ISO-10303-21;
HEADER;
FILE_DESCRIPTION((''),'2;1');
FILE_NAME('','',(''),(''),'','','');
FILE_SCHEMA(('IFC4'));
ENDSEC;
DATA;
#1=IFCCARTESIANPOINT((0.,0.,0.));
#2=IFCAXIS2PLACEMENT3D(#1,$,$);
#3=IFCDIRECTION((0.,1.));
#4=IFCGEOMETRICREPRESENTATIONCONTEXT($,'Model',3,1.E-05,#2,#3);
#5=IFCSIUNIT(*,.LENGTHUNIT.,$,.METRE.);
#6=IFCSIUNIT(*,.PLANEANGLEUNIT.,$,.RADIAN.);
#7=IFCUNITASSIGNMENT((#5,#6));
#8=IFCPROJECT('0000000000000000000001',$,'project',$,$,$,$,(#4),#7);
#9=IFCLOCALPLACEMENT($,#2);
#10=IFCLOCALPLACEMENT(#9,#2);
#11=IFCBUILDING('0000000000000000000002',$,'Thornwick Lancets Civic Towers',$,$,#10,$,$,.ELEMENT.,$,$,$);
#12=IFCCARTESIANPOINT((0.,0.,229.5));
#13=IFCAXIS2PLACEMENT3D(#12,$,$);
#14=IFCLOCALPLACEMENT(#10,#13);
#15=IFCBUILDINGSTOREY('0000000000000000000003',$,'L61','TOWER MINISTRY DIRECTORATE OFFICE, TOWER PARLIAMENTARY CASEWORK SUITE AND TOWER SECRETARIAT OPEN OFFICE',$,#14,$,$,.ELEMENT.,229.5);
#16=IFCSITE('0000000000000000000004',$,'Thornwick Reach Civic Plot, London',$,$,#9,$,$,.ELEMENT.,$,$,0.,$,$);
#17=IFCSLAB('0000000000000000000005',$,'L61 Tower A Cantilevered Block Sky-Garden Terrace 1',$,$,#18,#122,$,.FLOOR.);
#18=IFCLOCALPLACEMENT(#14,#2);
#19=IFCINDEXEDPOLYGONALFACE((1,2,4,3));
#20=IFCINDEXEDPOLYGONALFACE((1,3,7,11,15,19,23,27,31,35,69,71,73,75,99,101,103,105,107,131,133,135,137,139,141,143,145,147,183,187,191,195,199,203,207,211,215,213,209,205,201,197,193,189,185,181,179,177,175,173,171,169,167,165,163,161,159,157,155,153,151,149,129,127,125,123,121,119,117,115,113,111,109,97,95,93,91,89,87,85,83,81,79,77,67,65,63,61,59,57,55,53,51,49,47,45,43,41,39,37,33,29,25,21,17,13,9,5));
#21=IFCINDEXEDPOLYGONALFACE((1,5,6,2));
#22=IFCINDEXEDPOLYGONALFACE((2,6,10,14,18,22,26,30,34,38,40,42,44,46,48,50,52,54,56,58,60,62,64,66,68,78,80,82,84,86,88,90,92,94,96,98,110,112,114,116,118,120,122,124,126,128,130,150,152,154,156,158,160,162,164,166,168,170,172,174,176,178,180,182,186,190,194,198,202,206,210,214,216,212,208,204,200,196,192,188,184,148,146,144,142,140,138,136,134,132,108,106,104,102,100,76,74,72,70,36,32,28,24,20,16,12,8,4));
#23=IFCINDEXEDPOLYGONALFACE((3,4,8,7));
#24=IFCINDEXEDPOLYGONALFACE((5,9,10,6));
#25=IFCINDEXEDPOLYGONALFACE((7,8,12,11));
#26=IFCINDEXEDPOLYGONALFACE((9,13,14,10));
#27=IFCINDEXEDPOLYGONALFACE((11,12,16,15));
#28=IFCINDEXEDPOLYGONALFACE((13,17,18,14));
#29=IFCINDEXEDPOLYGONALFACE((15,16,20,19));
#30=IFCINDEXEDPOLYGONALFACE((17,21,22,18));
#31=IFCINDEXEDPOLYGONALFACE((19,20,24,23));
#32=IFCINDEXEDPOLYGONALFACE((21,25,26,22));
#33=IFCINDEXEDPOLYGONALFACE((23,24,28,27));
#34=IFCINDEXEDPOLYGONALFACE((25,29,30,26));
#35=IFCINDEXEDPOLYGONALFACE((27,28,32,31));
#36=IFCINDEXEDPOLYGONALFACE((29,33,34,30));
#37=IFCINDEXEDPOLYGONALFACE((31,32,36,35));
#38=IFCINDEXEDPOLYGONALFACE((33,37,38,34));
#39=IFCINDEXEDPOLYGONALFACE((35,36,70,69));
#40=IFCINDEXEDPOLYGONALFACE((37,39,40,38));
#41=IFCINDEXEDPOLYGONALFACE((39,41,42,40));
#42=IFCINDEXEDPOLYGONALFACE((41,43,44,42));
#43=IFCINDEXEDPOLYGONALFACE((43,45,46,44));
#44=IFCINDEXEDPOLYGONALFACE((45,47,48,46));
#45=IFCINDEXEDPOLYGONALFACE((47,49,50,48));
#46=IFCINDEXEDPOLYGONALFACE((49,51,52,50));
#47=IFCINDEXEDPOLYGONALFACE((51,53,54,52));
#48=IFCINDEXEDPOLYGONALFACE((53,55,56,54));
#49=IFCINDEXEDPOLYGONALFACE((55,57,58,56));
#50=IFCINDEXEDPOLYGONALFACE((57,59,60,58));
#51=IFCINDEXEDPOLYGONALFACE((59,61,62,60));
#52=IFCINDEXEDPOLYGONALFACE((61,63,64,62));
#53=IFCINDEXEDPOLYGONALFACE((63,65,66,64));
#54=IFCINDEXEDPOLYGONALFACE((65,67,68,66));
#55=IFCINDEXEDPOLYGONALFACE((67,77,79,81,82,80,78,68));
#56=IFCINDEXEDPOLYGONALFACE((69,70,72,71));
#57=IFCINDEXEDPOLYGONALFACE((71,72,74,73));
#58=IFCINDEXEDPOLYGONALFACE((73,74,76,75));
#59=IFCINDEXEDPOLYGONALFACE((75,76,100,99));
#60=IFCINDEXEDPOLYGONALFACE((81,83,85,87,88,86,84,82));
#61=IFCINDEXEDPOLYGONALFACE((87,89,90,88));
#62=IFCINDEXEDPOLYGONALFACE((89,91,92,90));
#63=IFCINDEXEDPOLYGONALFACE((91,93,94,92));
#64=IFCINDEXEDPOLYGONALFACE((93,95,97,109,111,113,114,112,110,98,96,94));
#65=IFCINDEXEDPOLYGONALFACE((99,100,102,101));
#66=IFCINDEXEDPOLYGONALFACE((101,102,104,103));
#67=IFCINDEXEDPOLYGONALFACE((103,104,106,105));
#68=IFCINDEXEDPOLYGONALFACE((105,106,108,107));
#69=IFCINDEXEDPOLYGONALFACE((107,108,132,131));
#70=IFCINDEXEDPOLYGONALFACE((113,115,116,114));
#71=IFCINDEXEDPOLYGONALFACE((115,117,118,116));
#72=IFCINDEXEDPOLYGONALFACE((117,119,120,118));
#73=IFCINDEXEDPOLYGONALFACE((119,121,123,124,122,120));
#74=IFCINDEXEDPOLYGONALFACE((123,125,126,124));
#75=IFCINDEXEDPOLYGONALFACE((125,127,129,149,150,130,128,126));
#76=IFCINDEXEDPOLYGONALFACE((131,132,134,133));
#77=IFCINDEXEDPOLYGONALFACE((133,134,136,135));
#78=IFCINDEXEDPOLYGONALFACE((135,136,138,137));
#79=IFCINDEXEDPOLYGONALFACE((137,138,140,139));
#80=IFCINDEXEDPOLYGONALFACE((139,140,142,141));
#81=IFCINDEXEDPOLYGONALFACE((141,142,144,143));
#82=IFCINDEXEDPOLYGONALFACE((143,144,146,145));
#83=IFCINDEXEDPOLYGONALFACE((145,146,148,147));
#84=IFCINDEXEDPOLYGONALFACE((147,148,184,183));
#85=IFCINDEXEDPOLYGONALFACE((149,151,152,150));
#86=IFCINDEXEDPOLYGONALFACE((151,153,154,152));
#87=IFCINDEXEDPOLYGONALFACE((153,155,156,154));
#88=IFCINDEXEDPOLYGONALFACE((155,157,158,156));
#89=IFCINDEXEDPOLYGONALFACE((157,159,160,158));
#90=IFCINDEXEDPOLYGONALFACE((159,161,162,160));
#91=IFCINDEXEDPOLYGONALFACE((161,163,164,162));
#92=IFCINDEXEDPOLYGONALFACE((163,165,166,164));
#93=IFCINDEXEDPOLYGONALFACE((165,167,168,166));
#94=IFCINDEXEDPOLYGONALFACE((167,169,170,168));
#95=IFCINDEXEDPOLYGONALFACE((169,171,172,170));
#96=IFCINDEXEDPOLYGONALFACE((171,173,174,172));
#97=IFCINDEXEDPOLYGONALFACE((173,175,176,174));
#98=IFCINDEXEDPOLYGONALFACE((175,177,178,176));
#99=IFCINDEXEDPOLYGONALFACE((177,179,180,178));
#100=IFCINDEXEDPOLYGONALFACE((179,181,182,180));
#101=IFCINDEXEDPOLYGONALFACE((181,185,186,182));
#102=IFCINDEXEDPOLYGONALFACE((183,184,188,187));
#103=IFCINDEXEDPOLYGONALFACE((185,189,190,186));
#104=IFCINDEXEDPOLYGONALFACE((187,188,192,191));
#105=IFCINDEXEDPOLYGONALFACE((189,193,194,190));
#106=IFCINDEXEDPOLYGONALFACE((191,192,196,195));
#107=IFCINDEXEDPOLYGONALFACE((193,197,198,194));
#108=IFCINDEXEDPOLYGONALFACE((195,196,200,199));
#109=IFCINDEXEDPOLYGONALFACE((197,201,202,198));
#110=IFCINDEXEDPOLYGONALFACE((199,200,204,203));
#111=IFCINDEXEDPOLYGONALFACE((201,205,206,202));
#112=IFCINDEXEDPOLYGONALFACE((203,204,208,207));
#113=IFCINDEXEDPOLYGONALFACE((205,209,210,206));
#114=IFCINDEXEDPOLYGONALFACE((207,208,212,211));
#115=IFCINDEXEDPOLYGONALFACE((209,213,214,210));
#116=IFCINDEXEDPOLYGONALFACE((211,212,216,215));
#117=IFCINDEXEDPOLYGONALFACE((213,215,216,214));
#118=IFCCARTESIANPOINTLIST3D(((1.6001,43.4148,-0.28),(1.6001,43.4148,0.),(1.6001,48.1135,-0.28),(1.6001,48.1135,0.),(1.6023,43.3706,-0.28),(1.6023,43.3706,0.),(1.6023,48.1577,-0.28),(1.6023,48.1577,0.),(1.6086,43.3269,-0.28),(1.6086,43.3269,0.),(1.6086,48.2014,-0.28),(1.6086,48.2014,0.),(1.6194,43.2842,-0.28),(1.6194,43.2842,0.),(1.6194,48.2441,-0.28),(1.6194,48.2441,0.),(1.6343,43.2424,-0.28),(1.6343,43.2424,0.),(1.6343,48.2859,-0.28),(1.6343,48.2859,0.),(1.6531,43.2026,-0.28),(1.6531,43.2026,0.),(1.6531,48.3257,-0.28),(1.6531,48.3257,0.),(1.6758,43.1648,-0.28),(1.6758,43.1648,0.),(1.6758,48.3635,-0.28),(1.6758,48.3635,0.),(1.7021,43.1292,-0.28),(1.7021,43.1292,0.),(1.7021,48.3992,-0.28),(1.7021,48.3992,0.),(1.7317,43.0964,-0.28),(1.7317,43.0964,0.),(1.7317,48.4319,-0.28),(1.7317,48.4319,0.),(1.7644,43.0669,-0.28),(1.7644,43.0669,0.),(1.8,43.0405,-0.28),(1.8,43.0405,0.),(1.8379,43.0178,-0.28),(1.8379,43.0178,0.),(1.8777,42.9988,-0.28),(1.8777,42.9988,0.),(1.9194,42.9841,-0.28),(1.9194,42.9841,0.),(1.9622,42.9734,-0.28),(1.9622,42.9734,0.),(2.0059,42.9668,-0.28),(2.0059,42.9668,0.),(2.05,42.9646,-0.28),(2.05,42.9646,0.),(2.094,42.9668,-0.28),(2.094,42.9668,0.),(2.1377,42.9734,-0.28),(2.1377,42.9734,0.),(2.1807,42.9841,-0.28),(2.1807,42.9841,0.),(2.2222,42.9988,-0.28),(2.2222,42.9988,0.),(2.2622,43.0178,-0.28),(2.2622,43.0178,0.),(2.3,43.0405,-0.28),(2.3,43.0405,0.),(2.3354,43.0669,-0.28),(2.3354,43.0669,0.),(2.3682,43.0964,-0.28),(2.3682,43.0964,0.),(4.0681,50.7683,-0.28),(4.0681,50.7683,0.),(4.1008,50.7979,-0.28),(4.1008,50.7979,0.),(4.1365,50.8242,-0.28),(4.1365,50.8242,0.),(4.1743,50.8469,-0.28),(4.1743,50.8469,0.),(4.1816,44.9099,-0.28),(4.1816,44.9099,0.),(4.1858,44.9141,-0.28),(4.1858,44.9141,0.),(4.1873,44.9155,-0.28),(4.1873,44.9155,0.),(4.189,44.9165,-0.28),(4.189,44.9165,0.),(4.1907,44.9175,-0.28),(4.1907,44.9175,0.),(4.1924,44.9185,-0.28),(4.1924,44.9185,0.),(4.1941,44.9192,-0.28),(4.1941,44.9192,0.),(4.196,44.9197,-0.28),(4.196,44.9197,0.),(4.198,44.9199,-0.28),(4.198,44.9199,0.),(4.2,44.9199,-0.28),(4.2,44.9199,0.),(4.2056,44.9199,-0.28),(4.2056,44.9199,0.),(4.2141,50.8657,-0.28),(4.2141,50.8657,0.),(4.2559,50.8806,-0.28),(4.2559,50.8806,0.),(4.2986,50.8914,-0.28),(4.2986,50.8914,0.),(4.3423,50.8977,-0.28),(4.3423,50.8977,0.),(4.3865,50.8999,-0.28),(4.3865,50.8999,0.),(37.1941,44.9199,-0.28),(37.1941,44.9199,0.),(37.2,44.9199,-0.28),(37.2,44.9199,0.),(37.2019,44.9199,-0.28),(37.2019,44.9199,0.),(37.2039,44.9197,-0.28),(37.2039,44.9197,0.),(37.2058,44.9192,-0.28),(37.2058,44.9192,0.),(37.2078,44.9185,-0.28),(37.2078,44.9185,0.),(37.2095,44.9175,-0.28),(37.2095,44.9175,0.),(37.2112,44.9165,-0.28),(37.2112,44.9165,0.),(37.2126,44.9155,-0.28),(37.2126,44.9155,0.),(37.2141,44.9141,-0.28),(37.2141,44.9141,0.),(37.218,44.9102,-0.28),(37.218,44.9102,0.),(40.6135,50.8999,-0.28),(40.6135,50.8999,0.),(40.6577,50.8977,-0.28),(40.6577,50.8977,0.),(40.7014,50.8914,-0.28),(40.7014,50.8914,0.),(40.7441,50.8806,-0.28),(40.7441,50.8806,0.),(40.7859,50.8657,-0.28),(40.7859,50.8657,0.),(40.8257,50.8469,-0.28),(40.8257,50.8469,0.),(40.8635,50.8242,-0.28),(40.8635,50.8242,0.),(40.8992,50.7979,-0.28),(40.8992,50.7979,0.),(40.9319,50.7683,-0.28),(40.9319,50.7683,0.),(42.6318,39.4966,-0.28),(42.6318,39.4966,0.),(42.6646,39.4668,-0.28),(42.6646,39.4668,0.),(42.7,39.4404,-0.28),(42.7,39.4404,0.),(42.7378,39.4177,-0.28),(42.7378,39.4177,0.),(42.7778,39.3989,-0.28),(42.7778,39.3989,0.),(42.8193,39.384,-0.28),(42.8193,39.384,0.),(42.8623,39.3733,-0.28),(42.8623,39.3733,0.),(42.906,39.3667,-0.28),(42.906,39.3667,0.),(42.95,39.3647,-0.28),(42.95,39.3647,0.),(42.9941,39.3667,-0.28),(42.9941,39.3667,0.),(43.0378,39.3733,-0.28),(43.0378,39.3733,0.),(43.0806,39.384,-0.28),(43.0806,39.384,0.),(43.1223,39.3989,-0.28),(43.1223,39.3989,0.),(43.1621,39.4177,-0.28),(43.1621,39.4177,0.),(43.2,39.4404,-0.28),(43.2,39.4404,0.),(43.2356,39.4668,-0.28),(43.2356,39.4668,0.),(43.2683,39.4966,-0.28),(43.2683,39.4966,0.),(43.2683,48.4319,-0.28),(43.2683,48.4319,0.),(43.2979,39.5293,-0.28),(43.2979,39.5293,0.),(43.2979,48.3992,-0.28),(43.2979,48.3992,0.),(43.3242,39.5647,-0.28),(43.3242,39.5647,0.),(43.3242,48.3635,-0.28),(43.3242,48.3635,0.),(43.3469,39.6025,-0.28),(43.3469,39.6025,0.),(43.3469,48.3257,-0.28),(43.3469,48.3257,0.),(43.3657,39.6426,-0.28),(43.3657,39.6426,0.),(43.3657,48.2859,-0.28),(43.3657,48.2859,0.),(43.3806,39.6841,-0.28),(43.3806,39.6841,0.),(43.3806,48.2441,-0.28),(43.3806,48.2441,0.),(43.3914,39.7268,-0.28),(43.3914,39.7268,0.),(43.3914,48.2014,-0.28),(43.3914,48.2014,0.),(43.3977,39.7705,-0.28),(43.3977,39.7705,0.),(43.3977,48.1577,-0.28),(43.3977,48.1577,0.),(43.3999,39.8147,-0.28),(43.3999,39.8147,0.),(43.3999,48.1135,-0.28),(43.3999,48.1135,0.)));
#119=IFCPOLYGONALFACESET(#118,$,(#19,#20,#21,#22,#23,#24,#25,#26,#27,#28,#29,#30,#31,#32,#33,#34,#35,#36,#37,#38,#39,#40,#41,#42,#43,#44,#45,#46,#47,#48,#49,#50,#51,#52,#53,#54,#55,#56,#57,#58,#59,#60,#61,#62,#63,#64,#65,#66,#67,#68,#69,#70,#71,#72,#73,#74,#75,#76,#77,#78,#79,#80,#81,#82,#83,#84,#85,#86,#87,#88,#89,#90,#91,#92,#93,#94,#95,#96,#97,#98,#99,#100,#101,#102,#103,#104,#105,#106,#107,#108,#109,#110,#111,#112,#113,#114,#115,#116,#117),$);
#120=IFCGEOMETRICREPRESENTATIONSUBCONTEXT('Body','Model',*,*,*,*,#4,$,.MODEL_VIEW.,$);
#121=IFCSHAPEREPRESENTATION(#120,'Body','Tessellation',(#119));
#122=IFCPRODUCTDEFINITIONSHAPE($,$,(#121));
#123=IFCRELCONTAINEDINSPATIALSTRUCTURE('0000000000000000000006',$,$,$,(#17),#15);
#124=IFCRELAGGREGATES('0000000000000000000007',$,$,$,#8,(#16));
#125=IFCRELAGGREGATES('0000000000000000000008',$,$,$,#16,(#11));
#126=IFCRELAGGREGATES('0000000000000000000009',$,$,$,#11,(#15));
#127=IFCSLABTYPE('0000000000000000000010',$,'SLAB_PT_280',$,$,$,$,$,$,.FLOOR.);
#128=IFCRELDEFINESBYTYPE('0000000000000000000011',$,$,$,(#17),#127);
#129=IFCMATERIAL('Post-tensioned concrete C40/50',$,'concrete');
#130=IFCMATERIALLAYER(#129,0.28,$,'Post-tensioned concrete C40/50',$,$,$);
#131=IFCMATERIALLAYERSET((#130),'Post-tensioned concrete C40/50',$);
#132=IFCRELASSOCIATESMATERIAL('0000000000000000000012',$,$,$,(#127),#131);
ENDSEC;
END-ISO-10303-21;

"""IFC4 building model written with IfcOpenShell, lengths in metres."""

from ifc_helpers import new_model, si_unit, direction, frame, origin, place, context, subcontext, project, spatial, polyline, outline, extrude, material, layer, layer_set, type_object, element, save


model = new_model("IFC4")

# Units and contexts
model_context = context("Model", 3, precision=1e-05, world=origin(), true_north=direction((0.0, 1.0)))
body_context = subcontext(model_context, "Body", "Model", "MODEL_VIEW")
ifc_project = project(units=[si_unit("LENGTHUNIT", "METRE"), si_unit("PLANEANGLEUNIT", "RADIAN")], contexts=[model_context])

# Site, building, storey
site_placement = place(None, origin())
site = spatial("IfcSite", under=ifc_project, at=site_placement, Name="Thornwick Reach Civic Plot, London", CompositionType="ELEMENT", RefElevation=0.0)
building_placement = place(site_placement, origin())
building = spatial("IfcBuilding", under=site, at=building_placement, Name="Thornwick Lancets Civic Towers", CompositionType="ELEMENT")
storey_placement = place(building_placement, frame((0.0, 0.0, 229.5)))
storey = spatial("IfcBuildingStorey", under=building, at=storey_placement, Name="L61", Description="TOWER MINISTRY DIRECTORATE OFFICE, TOWER PARLIAMENTARY CASEWORK SUITE AND TOWER SECRETARIAT OPEN OFFICE", CompositionType="ELEMENT", Elevation=229.5)

# Slab
ifc_material_1 = material(Name="Post-tensioned concrete C40/50", Category="concrete")
ifc_layer_1 = layer(ifc_material_1, 0.28, Name="Post-tensioned concrete C40/50")
ifc_layer_set_1 = layer_set([ifc_layer_1], Name="Post-tensioned concrete C40/50")
slab_type_1 = type_object("IfcSlabType", Name="SLAB_PT_280", PredefinedType="FLOOR", material=ifc_layer_set_1)
slab_1_placement = place(storey_placement, frame((0.0, 0.0, -0.28)))
element("IfcSlab", 1, at=slab_1_placement, inside=storey, type_object=slab_type_1, Name="L61 Tower A Cantilevered Block Sky-Garden Terrace 1", PredefinedType="FLOOR", context=body_context, shape_type="SweptSolid", body=[
    extrude(outline(polyline([(1.6023, 48.1577), (1.6086, 48.2014), (1.6194, 48.2441), (1.6343, 48.2859), (1.6531, 48.3257), (1.6758, 48.3635), (1.7021, 48.3992), (1.7317, 48.4319), (4.0681, 50.7683), (4.1008, 50.7979), (4.1365, 50.8242), (4.1743, 50.8469), (4.2141, 50.8657), (4.2559, 50.8806), (4.2986, 50.8914), (4.3423, 50.8977), (4.3865, 50.8999), (40.6135, 50.8999), (40.6577, 50.8977), (40.7014, 50.8914), (40.7441, 50.8806), (40.7859, 50.8657), (40.8257, 50.8469), (40.8635, 50.8242), (40.8992, 50.7979), (40.9319, 50.7683), (43.2683, 48.4319), (43.2979, 48.3992), (43.3242, 48.3635), (43.3469, 48.3257), (43.3657, 48.2859), (43.3806, 48.2441), (43.3914, 48.2014), (43.3977, 48.1577), (43.3999, 48.1135), (43.3999, 39.8147), (43.3977, 39.7705), (43.3914, 39.7268), (43.3806, 39.6841), (43.3657, 39.6426), (43.3469, 39.6025), (43.3242, 39.5647), (43.2979, 39.5293), (43.2683, 39.4966), (43.2356, 39.4668), (43.2, 39.4404), (43.1621, 39.4177), (43.1223, 39.3989), (43.0806, 39.384), (43.0378, 39.3733), (42.9941, 39.3667), (42.95, 39.3647), (42.906, 39.3667), (42.8623, 39.3733), (42.8193, 39.384), (42.7778, 39.3989), (42.7378, 39.4177), (42.7, 39.4404), (42.6646, 39.4668), (42.6318, 39.4966), (37.218, 44.9102), (37.2141, 44.9141), (37.2126, 44.9155), (37.2112, 44.9165), (37.2095, 44.9175), (37.2078, 44.9185), (37.2058, 44.9192), (37.2039, 44.9197), (37.2019, 44.9199), (37.2, 44.9199), (37.1941, 44.9199), (4.2056, 44.9199), (4.2, 44.9199), (4.198, 44.9199), (4.196, 44.9197), (4.1941, 44.9192), (4.1924, 44.9185), (4.1907, 44.9175), (4.189, 44.9165), (4.1873, 44.9155), (4.1858, 44.9141), (4.1816, 44.9099), (2.3682, 43.0964), (2.3354, 43.0669), (2.3, 43.0405), (2.2622, 43.0178), (2.2222, 42.9988), (2.1807, 42.9841), (2.1377, 42.9734), (2.094, 42.9668), (2.05, 42.9646), (2.0059, 42.9668), (1.9622, 42.9734), (1.9194, 42.9841), (1.8777, 42.9988), (1.8379, 43.0178), (1.8, 43.0405), (1.7644, 43.0669), (1.7317, 43.0964), (1.7021, 43.1292), (1.6758, 43.1648), (1.6531, 43.2026), (1.6343, 43.2424), (1.6194, 43.2842), (1.6086, 43.3269), (1.6023, 43.3706), (1.6001, 43.4148), (1.6001, 48.1135), (1.6023, 48.1577)])), origin(), (0.0, 0.0, 1.0), 0.28),
])

save(model, "model.ifc")
